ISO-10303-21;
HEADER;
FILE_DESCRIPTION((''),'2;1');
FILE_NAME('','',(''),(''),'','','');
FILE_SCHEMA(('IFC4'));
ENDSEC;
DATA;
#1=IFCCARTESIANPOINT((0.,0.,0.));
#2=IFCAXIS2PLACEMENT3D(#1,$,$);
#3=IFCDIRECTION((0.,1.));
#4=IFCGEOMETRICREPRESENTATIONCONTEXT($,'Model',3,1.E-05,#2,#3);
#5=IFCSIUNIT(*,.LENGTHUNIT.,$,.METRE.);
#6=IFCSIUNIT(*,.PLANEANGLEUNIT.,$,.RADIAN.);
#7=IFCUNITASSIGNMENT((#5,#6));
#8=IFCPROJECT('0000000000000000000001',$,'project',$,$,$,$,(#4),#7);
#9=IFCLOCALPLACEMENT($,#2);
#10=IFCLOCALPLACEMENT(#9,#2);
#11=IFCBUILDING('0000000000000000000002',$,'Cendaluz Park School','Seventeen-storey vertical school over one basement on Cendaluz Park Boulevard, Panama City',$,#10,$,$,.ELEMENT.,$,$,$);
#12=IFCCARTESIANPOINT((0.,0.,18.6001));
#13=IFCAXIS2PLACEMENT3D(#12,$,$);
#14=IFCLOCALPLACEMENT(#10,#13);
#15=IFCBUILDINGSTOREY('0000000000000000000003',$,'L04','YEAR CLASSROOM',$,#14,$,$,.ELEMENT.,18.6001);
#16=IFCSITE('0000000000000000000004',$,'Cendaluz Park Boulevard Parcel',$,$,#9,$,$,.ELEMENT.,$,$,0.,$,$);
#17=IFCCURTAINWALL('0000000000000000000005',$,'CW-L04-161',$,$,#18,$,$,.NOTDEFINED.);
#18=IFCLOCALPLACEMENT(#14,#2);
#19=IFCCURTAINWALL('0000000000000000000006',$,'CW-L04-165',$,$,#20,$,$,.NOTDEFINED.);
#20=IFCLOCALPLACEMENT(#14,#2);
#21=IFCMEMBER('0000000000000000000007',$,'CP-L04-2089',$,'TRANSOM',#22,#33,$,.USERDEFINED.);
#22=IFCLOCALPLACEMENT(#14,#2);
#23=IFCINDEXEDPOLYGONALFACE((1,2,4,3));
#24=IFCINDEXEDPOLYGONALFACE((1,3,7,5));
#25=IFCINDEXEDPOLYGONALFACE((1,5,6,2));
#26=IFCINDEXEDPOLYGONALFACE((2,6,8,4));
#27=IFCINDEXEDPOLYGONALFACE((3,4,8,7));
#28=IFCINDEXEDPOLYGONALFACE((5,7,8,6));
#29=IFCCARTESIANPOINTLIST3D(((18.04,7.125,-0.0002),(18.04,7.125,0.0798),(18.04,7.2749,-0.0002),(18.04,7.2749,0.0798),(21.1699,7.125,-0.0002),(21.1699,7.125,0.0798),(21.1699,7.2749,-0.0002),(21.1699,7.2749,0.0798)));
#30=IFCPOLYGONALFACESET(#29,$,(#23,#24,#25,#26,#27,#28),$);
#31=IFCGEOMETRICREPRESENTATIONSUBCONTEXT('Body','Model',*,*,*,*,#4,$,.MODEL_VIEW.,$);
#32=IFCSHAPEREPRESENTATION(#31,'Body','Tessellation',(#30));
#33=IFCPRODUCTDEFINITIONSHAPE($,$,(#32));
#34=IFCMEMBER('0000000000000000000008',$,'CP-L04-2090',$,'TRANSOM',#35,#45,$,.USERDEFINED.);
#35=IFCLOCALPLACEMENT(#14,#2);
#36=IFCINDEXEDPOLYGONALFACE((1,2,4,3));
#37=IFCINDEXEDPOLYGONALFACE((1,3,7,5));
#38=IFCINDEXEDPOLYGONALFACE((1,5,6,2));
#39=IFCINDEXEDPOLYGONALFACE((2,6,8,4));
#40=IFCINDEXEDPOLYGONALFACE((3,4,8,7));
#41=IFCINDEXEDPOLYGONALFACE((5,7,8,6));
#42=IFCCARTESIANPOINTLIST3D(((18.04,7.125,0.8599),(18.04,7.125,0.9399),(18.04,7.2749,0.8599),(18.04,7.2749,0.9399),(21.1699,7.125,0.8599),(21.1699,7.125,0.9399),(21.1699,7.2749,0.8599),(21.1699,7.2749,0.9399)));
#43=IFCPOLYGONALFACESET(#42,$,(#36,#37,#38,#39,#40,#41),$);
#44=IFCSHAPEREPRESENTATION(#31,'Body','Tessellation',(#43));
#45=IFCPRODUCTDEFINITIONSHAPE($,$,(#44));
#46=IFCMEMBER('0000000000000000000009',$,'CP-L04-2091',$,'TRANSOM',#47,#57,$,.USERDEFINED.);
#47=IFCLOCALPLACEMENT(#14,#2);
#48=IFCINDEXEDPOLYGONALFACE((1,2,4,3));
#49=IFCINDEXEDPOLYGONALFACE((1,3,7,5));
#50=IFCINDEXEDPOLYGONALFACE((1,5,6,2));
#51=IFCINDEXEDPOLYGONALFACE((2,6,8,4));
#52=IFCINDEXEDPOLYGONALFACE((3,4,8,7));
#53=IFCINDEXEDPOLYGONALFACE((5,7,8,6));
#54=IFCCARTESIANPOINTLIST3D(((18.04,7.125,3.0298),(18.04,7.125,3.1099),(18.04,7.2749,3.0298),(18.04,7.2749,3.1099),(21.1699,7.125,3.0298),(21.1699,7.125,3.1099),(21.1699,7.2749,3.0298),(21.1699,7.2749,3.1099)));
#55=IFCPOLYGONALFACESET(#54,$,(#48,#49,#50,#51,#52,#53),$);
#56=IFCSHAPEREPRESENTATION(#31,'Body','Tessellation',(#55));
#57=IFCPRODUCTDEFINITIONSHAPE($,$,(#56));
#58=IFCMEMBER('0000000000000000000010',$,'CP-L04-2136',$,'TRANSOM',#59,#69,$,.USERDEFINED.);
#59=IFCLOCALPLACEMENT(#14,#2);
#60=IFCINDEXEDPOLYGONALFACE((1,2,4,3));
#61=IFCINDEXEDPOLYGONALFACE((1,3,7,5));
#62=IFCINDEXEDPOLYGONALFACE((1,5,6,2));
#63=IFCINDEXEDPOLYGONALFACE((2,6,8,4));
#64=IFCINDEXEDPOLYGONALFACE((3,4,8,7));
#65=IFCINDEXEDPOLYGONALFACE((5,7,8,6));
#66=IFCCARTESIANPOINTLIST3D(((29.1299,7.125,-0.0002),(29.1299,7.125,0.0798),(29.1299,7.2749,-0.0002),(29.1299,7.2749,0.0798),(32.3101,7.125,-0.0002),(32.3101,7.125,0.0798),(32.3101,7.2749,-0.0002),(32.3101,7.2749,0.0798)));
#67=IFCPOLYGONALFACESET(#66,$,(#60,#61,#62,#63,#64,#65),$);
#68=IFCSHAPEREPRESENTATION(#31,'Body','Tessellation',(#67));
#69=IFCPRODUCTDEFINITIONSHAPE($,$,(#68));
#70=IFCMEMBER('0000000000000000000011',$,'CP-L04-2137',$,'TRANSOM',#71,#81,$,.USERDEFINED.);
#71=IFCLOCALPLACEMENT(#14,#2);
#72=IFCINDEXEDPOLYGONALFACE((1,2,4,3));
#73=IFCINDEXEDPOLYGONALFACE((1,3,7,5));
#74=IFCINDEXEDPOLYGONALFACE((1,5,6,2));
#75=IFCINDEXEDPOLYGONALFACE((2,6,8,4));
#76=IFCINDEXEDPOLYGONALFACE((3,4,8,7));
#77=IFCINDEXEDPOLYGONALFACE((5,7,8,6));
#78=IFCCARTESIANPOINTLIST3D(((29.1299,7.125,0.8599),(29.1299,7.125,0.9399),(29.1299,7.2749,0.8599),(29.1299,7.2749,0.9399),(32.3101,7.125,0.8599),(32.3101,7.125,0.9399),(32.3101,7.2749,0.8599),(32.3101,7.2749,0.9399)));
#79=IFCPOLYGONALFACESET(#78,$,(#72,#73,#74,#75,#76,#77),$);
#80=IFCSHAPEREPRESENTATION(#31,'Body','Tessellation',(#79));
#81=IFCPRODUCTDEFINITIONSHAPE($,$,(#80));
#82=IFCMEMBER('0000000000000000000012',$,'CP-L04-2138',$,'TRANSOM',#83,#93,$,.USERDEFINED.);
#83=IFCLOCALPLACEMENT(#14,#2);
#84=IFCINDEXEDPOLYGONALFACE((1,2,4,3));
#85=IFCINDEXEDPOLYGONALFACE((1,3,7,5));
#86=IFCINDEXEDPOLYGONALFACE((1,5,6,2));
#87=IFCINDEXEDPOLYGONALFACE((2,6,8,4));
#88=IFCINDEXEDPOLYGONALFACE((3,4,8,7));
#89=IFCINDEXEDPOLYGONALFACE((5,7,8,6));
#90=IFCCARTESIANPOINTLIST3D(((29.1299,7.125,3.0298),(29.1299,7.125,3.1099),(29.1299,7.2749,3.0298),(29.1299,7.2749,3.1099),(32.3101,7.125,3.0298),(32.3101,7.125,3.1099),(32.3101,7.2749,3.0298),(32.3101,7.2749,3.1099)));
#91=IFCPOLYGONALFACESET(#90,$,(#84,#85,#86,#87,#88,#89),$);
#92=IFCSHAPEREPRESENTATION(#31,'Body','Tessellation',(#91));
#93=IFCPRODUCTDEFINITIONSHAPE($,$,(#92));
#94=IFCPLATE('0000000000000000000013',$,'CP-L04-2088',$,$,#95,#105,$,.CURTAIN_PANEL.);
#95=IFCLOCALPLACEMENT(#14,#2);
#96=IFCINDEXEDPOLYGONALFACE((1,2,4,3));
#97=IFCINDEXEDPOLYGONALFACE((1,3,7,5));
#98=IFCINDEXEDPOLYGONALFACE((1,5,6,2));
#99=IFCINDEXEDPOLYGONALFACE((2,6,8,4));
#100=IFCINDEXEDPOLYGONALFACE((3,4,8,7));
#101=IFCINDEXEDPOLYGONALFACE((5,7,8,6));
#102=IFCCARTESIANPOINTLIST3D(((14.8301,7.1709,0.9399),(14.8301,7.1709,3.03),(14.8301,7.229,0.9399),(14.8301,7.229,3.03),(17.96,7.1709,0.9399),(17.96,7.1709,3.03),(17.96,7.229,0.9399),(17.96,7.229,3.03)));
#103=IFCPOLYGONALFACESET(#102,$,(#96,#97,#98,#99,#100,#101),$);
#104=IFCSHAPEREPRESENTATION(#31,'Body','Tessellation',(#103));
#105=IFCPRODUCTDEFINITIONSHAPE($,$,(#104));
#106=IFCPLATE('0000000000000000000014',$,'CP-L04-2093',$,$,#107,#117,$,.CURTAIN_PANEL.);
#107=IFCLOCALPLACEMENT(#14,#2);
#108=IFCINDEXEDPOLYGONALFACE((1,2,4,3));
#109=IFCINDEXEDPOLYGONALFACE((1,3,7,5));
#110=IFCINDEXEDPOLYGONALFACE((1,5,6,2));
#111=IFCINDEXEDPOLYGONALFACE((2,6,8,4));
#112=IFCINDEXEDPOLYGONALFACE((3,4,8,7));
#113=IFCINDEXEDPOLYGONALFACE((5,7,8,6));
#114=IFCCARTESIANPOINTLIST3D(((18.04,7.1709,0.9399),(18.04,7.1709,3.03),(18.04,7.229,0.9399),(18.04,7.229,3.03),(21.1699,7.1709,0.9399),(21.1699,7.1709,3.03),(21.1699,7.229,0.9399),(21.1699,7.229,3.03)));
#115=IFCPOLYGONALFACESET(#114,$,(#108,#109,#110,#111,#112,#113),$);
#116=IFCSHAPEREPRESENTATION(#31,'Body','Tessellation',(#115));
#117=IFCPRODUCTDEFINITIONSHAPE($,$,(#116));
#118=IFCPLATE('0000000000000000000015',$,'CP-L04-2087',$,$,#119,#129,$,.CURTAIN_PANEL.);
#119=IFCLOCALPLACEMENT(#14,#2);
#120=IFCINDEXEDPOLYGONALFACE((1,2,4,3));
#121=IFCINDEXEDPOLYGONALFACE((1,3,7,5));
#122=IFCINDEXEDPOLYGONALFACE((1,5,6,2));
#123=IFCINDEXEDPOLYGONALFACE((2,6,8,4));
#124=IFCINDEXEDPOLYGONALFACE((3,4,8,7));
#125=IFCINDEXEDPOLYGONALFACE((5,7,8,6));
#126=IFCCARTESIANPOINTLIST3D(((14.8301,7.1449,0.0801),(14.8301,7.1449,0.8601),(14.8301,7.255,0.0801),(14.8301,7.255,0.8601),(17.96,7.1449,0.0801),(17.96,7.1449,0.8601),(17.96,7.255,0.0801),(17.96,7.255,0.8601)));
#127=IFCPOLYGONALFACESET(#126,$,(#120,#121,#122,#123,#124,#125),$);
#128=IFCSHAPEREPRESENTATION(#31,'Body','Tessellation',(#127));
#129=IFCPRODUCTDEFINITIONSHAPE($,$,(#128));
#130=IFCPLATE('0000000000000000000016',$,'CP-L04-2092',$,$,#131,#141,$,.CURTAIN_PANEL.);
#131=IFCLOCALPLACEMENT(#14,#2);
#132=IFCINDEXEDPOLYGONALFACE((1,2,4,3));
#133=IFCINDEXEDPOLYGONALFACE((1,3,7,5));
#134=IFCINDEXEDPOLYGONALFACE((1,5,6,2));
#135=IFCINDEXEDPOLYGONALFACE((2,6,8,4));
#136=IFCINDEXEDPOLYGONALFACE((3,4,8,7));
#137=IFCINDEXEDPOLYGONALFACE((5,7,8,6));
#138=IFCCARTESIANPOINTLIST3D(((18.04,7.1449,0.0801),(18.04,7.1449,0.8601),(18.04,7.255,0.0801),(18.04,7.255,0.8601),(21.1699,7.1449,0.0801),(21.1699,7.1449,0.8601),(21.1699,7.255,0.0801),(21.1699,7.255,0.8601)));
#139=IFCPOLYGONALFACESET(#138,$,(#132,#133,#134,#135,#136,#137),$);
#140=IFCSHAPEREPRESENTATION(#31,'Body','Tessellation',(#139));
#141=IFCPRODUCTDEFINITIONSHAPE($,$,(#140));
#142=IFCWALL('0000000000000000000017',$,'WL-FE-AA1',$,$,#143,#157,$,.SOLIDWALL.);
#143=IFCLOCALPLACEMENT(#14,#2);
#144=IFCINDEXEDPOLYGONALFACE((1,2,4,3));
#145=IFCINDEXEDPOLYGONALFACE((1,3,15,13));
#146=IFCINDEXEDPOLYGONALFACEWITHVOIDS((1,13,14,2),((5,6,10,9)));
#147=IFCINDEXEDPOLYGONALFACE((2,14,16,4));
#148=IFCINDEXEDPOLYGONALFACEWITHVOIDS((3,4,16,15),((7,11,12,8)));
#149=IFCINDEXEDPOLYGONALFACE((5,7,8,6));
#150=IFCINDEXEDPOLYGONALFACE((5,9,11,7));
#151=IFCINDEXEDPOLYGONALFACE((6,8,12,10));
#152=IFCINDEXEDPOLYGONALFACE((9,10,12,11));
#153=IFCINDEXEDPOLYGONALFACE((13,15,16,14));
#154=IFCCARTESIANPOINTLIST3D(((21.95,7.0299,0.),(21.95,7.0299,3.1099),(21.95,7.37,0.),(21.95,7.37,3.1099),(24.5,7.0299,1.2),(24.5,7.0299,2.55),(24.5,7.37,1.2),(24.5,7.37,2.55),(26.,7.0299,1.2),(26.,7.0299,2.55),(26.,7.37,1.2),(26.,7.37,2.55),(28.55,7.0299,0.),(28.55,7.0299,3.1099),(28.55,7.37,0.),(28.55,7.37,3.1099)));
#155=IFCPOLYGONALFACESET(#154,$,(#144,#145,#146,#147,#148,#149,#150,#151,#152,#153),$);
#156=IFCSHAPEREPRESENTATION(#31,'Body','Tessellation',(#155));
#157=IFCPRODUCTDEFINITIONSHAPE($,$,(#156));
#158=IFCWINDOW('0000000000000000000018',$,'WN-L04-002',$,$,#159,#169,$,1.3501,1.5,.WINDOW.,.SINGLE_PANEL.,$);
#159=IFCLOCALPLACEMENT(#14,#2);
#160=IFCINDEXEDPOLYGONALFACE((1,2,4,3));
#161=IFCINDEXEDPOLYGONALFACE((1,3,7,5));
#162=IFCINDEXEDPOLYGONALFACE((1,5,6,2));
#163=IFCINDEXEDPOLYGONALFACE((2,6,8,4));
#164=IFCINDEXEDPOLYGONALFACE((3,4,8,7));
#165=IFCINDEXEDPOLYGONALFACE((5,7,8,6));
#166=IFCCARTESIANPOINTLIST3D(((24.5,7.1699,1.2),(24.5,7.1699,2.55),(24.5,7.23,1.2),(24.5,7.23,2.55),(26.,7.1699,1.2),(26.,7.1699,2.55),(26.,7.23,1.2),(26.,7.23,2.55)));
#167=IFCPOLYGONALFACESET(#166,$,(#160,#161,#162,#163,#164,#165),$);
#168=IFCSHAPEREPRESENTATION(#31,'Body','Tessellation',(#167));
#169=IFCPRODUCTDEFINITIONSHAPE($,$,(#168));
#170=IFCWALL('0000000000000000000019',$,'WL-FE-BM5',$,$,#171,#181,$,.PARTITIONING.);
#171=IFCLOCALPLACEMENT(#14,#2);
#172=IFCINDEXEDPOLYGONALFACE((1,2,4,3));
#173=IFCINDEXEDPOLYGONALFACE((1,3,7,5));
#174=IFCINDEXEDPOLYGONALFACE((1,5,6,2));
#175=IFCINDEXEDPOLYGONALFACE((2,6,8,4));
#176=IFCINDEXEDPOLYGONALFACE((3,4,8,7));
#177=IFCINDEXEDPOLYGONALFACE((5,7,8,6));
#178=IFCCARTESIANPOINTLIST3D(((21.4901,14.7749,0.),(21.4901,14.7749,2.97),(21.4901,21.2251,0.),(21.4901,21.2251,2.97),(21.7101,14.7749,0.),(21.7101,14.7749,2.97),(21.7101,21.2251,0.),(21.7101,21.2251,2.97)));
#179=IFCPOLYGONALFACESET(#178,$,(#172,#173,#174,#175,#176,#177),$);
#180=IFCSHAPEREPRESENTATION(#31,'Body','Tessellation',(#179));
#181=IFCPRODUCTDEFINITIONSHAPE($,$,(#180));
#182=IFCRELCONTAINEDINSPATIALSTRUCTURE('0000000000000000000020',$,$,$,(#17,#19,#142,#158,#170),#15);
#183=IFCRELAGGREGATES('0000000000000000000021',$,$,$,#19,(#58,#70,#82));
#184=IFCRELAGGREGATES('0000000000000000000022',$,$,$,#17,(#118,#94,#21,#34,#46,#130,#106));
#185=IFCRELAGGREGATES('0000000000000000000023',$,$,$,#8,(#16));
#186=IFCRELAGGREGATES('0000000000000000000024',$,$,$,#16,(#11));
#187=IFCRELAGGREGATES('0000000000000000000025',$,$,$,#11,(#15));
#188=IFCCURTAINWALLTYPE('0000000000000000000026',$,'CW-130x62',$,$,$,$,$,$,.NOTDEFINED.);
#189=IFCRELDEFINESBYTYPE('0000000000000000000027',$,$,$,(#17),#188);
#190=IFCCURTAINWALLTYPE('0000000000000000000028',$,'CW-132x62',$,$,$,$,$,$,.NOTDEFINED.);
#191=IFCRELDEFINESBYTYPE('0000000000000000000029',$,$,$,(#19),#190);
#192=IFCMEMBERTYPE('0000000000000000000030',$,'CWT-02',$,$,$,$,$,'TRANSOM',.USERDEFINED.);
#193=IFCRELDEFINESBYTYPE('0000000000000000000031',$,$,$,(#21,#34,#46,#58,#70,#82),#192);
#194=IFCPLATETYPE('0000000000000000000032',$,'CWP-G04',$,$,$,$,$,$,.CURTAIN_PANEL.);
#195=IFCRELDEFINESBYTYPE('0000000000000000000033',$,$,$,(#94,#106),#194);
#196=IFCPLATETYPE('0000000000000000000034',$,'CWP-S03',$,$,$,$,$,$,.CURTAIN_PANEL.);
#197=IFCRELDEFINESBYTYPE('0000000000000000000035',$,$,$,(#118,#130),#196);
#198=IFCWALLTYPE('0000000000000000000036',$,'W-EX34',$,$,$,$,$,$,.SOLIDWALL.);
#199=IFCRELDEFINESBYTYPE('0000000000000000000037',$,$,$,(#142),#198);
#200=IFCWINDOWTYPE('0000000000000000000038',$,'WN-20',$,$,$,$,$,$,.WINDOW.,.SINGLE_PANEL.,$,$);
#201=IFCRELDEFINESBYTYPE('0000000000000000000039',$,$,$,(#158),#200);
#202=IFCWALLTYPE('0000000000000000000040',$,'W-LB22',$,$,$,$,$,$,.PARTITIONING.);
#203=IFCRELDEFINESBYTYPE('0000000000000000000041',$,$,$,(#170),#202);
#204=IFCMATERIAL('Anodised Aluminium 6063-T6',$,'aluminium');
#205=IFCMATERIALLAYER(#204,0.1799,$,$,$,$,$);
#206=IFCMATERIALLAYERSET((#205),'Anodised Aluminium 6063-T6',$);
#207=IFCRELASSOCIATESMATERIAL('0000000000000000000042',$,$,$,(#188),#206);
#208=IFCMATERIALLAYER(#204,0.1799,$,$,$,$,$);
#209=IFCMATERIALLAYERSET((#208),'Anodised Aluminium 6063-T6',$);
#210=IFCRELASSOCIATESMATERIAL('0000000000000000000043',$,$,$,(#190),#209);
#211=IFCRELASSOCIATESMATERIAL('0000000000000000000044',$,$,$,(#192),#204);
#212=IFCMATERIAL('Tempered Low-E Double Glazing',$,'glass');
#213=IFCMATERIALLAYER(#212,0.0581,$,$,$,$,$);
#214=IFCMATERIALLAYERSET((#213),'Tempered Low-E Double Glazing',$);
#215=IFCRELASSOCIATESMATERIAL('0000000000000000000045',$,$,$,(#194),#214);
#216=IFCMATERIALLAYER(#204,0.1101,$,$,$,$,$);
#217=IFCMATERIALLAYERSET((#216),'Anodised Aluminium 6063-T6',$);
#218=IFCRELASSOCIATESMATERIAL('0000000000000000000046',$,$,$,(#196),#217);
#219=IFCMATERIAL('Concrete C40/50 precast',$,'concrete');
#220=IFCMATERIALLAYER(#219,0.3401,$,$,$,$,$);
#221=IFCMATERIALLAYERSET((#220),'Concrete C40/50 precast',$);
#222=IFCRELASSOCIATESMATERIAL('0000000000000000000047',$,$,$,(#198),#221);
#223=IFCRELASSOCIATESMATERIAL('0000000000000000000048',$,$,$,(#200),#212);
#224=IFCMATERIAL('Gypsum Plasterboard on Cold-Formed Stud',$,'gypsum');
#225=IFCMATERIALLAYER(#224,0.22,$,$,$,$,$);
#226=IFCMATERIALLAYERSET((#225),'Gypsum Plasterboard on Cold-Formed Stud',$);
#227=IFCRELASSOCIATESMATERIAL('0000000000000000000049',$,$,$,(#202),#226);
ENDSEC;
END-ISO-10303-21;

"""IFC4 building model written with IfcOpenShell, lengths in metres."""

from ifc_helpers import new_model, si_unit, direction, frame, frame_2d, origin, origin_2d, place, context, subcontext, project, spatial, rectangle, extrude, material, layer, layer_set, material_profile, profile_set, type_object, element, fill, aggregate, save


model = new_model("IFC4")

# Units and contexts
model_context = context("Model", 3, precision=1e-05, world=origin(), true_north=direction((0.0, 1.0)))
body_context = subcontext(model_context, "Body", "Model", "MODEL_VIEW")
ifc_project = project(units=[si_unit("LENGTHUNIT", "METRE"), si_unit("PLANEANGLEUNIT", "RADIAN")], contexts=[model_context])

# Site, building, storey
site_placement = place(None, origin())
site = spatial("IfcSite", under=ifc_project, at=site_placement, Name="Cendaluz Park Boulevard Parcel", CompositionType="ELEMENT", RefElevation=0.0)
building_placement = place(site_placement, origin())
building = spatial("IfcBuilding", under=site, at=building_placement, Name="Cendaluz Park School", Description="Seventeen-storey vertical school over one basement on Cendaluz Park Boulevard, Panama City", CompositionType="ELEMENT")
storey_placement = place(building_placement, frame((0.0, 0.0, 18.6001)))
storey = spatial("IfcBuildingStorey", under=building, at=storey_placement, Name="L04", Description="YEAR CLASSROOM", CompositionType="ELEMENT", Elevation=18.6001)

# Curtain wall
ifc_material_1 = material(Name="Anodised Aluminium 6063-T6", Category="aluminium")
ifc_layer_1 = layer(ifc_material_1, 0.1799)
ifc_layer_set_1 = layer_set([ifc_layer_1], Name="Anodised Aluminium 6063-T6")
curtain_wall_type_1 = type_object("IfcCurtainWallType", Name="CW-130x62", PredefinedType="NOTDEFINED", material=ifc_layer_set_1)
curtain_wall_1_placement = place(storey_placement, origin())
curtain_wall_1 = element("IfcCurtainWall", 1, at=curtain_wall_1_placement, inside=storey, type_object=curtain_wall_type_1, Name="CW-L04-161", PredefinedType="NOTDEFINED")

# Curtain wall
ifc_layer_2 = layer(ifc_material_1, 0.1799)
ifc_layer_set_2 = layer_set([ifc_layer_2], Name="Anodised Aluminium 6063-T6")
curtain_wall_type_2 = type_object("IfcCurtainWallType", Name="CW-132x62", PredefinedType="NOTDEFINED", material=ifc_layer_set_2)
curtain_wall_2_placement = place(storey_placement, origin())
curtain_wall_2 = element("IfcCurtainWall", 2, at=curtain_wall_2_placement, inside=storey, type_object=curtain_wall_type_2, Name="CW-L04-165", PredefinedType="NOTDEFINED")

# Members
ifc_material_profile_1 = material_profile(ifc_material_1, rectangle(XDim=0.1499, YDim=0.0801, at=origin_2d()), Name="CWT 150x80", Category="aluminium")
ifc_profile_set_1 = profile_set([ifc_material_profile_1], Name="Anodised Aluminium 6063-T6")
member_type_1 = type_object("IfcMemberType", Name="CWT-02", ElementType="TRANSOM", PredefinedType="USERDEFINED", material=ifc_profile_set_1)
member_1_placement = place(storey_placement, frame((18.04, 7.2, 0.0398), z_axis=(1.0, 0.0, 0.0), x_axis=(0.0, 1.0, 0.0)))
member_1 = element("IfcMember", 3, at=member_1_placement, type_object=member_type_1, Name="CP-L04-2089", ObjectType="TRANSOM", PredefinedType="USERDEFINED", context=body_context, shape_type="SweptSolid", body=[
    extrude(rectangle(XDim=0.1499, YDim=0.0801, at=origin_2d()), origin(), (0.0, 0.0, 1.0), 3.1299),
])
member_2_placement = place(storey_placement, frame((18.04, 7.2, 0.8999), z_axis=(1.0, 0.0, 0.0), x_axis=(0.0, 1.0, 0.0)))
member_2 = element("IfcMember", 4, at=member_2_placement, type_object=member_type_1, Name="CP-L04-2090", ObjectType="TRANSOM", PredefinedType="USERDEFINED", context=body_context, shape_type="SweptSolid", body=[
    extrude(rectangle(XDim=0.1499, YDim=0.0801, at=origin_2d()), origin(), (0.0, 0.0, 1.0), 3.1299),
])
member_3_placement = place(storey_placement, frame((18.04, 7.2, 3.0698), z_axis=(1.0, 0.0, 0.0), x_axis=(0.0, 1.0, 0.0)))
member_3 = element("IfcMember", 5, at=member_3_placement, type_object=member_type_1, Name="CP-L04-2091", ObjectType="TRANSOM", PredefinedType="USERDEFINED", context=body_context, shape_type="SweptSolid", body=[
    extrude(rectangle(XDim=0.1499, YDim=0.0801, at=origin_2d()), origin(), (0.0, 0.0, 1.0), 3.1299),
])
member_4_placement = place(storey_placement, frame((29.1299, 7.2, 0.0398), z_axis=(1.0, 0.0, 0.0), x_axis=(0.0, 1.0, 0.0)))
member_4 = element("IfcMember", 6, at=member_4_placement, type_object=member_type_1, Name="CP-L04-2136", ObjectType="TRANSOM", PredefinedType="USERDEFINED", context=body_context, shape_type="SweptSolid", body=[
    extrude(rectangle(XDim=0.1499, YDim=0.0801, at=origin_2d()), origin(), (0.0, 0.0, 1.0), 3.1802),
])
member_5_placement = place(storey_placement, frame((29.1299, 7.2, 0.8999), z_axis=(1.0, 0.0, 0.0), x_axis=(0.0, 1.0, 0.0)))
member_5 = element("IfcMember", 7, at=member_5_placement, type_object=member_type_1, Name="CP-L04-2137", ObjectType="TRANSOM", PredefinedType="USERDEFINED", context=body_context, shape_type="SweptSolid", body=[
    extrude(rectangle(XDim=0.1499, YDim=0.0801, at=origin_2d()), origin(), (0.0, 0.0, 1.0), 3.1802),
])
member_6_placement = place(storey_placement, frame((29.1299, 7.2, 3.0698), z_axis=(1.0, 0.0, 0.0), x_axis=(0.0, 1.0, 0.0)))
member_6 = element("IfcMember", 8, at=member_6_placement, type_object=member_type_1, Name="CP-L04-2138", ObjectType="TRANSOM", PredefinedType="USERDEFINED", context=body_context, shape_type="SweptSolid", body=[
    extrude(rectangle(XDim=0.1499, YDim=0.0801, at=origin_2d()), origin(), (0.0, 0.0, 1.0), 3.1802),
])
aggregate(curtain_wall_2, [member_4, member_5, member_6])

# Plates
ifc_material_2 = material(Name="Tempered Low-E Double Glazing", Category="glass")
ifc_layer_3 = layer(ifc_material_2, 0.0581)
ifc_layer_set_3 = layer_set([ifc_layer_3], Name="Tempered Low-E Double Glazing")
plate_type_1 = type_object("IfcPlateType", Name="CWP-G04", PredefinedType="CURTAIN_PANEL", material=ifc_layer_set_3)
plate_1_placement = place(storey_placement, frame((16.395, 7.2, 0.9399), z_axis=(0.0, 0.0, 1.0), x_axis=(1.0, 0.0, 0.0)))
plate_1 = element("IfcPlate", 9, at=plate_1_placement, type_object=plate_type_1, Name="CP-L04-2088", PredefinedType="CURTAIN_PANEL", context=body_context, shape_type="SweptSolid", body=[
    extrude(rectangle(XDim=3.1299, YDim=0.0581, at=origin_2d()), origin(), (0.0, 0.0, 1.0), 2.0901),
])
plate_2_placement = place(storey_placement, frame((19.605, 7.2, 0.9399), z_axis=(0.0, 0.0, 1.0), x_axis=(1.0, 0.0, 0.0)))
plate_2 = element("IfcPlate", 10, at=plate_2_placement, type_object=plate_type_1, Name="CP-L04-2093", PredefinedType="CURTAIN_PANEL", context=body_context, shape_type="SweptSolid", body=[
    extrude(rectangle(XDim=3.1299, YDim=0.0581, at=origin_2d()), origin(), (0.0, 0.0, 1.0), 2.0901),
])
ifc_layer_4 = layer(ifc_material_1, 0.1101)
ifc_layer_set_4 = layer_set([ifc_layer_4], Name="Anodised Aluminium 6063-T6")
plate_type_2 = type_object("IfcPlateType", Name="CWP-S03", PredefinedType="CURTAIN_PANEL", material=ifc_layer_set_4)
plate_3_placement = place(storey_placement, frame((16.395, 7.2, 0.0801), z_axis=(0.0, 0.0, 1.0), x_axis=(1.0, 0.0, 0.0)))
plate_3 = element("IfcPlate", 11, at=plate_3_placement, type_object=plate_type_2, Name="CP-L04-2087", PredefinedType="CURTAIN_PANEL", context=body_context, shape_type="SweptSolid", body=[
    extrude(rectangle(XDim=3.1299, YDim=0.1101, at=origin_2d()), origin(), (0.0, 0.0, 1.0), 0.78),
])
plate_4_placement = place(storey_placement, frame((19.605, 7.2, 0.0801), z_axis=(0.0, 0.0, 1.0), x_axis=(1.0, 0.0, 0.0)))
plate_4 = element("IfcPlate", 12, at=plate_4_placement, type_object=plate_type_2, Name="CP-L04-2092", PredefinedType="CURTAIN_PANEL", context=body_context, shape_type="SweptSolid", body=[
    extrude(rectangle(XDim=3.1299, YDim=0.1101, at=origin_2d()), origin(), (0.0, 0.0, 1.0), 0.78),
])
aggregate(curtain_wall_1, [plate_3, plate_1, member_1, member_2, member_3, plate_4, plate_2])

# Wall, opening, window
ifc_material_3 = material(Name="Concrete C40/50 precast", Category="concrete")
ifc_layer_5 = layer(ifc_material_3, 0.3401)
ifc_layer_set_5 = layer_set([ifc_layer_5], Name="Concrete C40/50 precast")
wall_type_1 = type_object("IfcWallType", Name="W-EX34", PredefinedType="SOLIDWALL", material=ifc_layer_set_5)
wall_1_placement = place(storey_placement, frame((21.95, 7.2, 0.0), z_axis=(0.0, 0.0, 1.0), x_axis=(1.0, 0.0, 0.0)))
wall_1 = element("IfcWall", 13, at=wall_1_placement, inside=storey, type_object=wall_type_1, Name="WL-FE-AA1", PredefinedType="SOLIDWALL", context=body_context, shape_type="SweptSolid", body=[
    extrude(rectangle(XDim=6.6001, YDim=0.3401, at=frame_2d((3.3, 0.0))), origin(), (0.0, 0.0, 1.0), 3.1099),
])
opening_1_placement = place(wall_1_placement, frame((2.55, 0.0, 1.2)))
opening_1 = element("IfcOpeningElement", 14, at=opening_1_placement, cuts=wall_1, PredefinedType="OPENING", context=body_context, shape_type="SweptSolid", body=[
    extrude(rectangle(XDim=1.5, YDim=1.3501, at=frame_2d((0.75, 0.675))), frame((0.0, 0.1821, 0.0), z_axis=(0.0, -1.0, 0.0), x_axis=(1.0, 0.0, 0.0)), (0.0, 0.0, 1.0), 0.364),
])
window_type = type_object("IfcWindowType", Name="WN-20", PartitioningType="SINGLE_PANEL", PredefinedType="WINDOW", material=ifc_material_2)
window_placement = place(opening_1_placement, origin())
window = element("IfcWindow", 15, at=window_placement, inside=storey, type_object=window_type, Name="WN-L04-002", OverallHeight=1.3501, OverallWidth=1.5, PartitioningType="SINGLE_PANEL", PredefinedType="WINDOW", context=body_context, shape_type="SweptSolid", body=[
    extrude(rectangle(XDim=1.5, YDim=1.3501, at=frame_2d((0.75, 0.675))), frame((0.0, 0.03, 0.0), z_axis=(0.0, -1.0, 0.0), x_axis=(1.0, 0.0, 0.0)), (0.0, 0.0, 1.0), 0.0601),
])
fill(opening_1, window)

# Wall
ifc_material_4 = material(Name="Gypsum Plasterboard on Cold-Formed Stud", Category="gypsum")
ifc_layer_6 = layer(ifc_material_4, 0.22)
ifc_layer_set_6 = layer_set([ifc_layer_6], Name="Gypsum Plasterboard on Cold-Formed Stud")
wall_type_2 = type_object("IfcWallType", Name="W-LB22", PredefinedType="PARTITIONING", material=ifc_layer_set_6)
wall_2_placement = place(storey_placement, frame((21.6001, 14.7749, 0.0), z_axis=(0.0, 0.0, 1.0), x_axis=(0.0, 1.0, 0.0)))
element("IfcWall", 16, at=wall_2_placement, inside=storey, type_object=wall_type_2, Name="WL-FE-BM5", PredefinedType="PARTITIONING", context=body_context, shape_type="SweptSolid", body=[
    extrude(rectangle(XDim=6.4502, YDim=0.22, at=frame_2d((3.2251, 0.0))), origin(), (0.0, 0.0, 1.0), 2.97),
])

save(model, "model.ifc")
